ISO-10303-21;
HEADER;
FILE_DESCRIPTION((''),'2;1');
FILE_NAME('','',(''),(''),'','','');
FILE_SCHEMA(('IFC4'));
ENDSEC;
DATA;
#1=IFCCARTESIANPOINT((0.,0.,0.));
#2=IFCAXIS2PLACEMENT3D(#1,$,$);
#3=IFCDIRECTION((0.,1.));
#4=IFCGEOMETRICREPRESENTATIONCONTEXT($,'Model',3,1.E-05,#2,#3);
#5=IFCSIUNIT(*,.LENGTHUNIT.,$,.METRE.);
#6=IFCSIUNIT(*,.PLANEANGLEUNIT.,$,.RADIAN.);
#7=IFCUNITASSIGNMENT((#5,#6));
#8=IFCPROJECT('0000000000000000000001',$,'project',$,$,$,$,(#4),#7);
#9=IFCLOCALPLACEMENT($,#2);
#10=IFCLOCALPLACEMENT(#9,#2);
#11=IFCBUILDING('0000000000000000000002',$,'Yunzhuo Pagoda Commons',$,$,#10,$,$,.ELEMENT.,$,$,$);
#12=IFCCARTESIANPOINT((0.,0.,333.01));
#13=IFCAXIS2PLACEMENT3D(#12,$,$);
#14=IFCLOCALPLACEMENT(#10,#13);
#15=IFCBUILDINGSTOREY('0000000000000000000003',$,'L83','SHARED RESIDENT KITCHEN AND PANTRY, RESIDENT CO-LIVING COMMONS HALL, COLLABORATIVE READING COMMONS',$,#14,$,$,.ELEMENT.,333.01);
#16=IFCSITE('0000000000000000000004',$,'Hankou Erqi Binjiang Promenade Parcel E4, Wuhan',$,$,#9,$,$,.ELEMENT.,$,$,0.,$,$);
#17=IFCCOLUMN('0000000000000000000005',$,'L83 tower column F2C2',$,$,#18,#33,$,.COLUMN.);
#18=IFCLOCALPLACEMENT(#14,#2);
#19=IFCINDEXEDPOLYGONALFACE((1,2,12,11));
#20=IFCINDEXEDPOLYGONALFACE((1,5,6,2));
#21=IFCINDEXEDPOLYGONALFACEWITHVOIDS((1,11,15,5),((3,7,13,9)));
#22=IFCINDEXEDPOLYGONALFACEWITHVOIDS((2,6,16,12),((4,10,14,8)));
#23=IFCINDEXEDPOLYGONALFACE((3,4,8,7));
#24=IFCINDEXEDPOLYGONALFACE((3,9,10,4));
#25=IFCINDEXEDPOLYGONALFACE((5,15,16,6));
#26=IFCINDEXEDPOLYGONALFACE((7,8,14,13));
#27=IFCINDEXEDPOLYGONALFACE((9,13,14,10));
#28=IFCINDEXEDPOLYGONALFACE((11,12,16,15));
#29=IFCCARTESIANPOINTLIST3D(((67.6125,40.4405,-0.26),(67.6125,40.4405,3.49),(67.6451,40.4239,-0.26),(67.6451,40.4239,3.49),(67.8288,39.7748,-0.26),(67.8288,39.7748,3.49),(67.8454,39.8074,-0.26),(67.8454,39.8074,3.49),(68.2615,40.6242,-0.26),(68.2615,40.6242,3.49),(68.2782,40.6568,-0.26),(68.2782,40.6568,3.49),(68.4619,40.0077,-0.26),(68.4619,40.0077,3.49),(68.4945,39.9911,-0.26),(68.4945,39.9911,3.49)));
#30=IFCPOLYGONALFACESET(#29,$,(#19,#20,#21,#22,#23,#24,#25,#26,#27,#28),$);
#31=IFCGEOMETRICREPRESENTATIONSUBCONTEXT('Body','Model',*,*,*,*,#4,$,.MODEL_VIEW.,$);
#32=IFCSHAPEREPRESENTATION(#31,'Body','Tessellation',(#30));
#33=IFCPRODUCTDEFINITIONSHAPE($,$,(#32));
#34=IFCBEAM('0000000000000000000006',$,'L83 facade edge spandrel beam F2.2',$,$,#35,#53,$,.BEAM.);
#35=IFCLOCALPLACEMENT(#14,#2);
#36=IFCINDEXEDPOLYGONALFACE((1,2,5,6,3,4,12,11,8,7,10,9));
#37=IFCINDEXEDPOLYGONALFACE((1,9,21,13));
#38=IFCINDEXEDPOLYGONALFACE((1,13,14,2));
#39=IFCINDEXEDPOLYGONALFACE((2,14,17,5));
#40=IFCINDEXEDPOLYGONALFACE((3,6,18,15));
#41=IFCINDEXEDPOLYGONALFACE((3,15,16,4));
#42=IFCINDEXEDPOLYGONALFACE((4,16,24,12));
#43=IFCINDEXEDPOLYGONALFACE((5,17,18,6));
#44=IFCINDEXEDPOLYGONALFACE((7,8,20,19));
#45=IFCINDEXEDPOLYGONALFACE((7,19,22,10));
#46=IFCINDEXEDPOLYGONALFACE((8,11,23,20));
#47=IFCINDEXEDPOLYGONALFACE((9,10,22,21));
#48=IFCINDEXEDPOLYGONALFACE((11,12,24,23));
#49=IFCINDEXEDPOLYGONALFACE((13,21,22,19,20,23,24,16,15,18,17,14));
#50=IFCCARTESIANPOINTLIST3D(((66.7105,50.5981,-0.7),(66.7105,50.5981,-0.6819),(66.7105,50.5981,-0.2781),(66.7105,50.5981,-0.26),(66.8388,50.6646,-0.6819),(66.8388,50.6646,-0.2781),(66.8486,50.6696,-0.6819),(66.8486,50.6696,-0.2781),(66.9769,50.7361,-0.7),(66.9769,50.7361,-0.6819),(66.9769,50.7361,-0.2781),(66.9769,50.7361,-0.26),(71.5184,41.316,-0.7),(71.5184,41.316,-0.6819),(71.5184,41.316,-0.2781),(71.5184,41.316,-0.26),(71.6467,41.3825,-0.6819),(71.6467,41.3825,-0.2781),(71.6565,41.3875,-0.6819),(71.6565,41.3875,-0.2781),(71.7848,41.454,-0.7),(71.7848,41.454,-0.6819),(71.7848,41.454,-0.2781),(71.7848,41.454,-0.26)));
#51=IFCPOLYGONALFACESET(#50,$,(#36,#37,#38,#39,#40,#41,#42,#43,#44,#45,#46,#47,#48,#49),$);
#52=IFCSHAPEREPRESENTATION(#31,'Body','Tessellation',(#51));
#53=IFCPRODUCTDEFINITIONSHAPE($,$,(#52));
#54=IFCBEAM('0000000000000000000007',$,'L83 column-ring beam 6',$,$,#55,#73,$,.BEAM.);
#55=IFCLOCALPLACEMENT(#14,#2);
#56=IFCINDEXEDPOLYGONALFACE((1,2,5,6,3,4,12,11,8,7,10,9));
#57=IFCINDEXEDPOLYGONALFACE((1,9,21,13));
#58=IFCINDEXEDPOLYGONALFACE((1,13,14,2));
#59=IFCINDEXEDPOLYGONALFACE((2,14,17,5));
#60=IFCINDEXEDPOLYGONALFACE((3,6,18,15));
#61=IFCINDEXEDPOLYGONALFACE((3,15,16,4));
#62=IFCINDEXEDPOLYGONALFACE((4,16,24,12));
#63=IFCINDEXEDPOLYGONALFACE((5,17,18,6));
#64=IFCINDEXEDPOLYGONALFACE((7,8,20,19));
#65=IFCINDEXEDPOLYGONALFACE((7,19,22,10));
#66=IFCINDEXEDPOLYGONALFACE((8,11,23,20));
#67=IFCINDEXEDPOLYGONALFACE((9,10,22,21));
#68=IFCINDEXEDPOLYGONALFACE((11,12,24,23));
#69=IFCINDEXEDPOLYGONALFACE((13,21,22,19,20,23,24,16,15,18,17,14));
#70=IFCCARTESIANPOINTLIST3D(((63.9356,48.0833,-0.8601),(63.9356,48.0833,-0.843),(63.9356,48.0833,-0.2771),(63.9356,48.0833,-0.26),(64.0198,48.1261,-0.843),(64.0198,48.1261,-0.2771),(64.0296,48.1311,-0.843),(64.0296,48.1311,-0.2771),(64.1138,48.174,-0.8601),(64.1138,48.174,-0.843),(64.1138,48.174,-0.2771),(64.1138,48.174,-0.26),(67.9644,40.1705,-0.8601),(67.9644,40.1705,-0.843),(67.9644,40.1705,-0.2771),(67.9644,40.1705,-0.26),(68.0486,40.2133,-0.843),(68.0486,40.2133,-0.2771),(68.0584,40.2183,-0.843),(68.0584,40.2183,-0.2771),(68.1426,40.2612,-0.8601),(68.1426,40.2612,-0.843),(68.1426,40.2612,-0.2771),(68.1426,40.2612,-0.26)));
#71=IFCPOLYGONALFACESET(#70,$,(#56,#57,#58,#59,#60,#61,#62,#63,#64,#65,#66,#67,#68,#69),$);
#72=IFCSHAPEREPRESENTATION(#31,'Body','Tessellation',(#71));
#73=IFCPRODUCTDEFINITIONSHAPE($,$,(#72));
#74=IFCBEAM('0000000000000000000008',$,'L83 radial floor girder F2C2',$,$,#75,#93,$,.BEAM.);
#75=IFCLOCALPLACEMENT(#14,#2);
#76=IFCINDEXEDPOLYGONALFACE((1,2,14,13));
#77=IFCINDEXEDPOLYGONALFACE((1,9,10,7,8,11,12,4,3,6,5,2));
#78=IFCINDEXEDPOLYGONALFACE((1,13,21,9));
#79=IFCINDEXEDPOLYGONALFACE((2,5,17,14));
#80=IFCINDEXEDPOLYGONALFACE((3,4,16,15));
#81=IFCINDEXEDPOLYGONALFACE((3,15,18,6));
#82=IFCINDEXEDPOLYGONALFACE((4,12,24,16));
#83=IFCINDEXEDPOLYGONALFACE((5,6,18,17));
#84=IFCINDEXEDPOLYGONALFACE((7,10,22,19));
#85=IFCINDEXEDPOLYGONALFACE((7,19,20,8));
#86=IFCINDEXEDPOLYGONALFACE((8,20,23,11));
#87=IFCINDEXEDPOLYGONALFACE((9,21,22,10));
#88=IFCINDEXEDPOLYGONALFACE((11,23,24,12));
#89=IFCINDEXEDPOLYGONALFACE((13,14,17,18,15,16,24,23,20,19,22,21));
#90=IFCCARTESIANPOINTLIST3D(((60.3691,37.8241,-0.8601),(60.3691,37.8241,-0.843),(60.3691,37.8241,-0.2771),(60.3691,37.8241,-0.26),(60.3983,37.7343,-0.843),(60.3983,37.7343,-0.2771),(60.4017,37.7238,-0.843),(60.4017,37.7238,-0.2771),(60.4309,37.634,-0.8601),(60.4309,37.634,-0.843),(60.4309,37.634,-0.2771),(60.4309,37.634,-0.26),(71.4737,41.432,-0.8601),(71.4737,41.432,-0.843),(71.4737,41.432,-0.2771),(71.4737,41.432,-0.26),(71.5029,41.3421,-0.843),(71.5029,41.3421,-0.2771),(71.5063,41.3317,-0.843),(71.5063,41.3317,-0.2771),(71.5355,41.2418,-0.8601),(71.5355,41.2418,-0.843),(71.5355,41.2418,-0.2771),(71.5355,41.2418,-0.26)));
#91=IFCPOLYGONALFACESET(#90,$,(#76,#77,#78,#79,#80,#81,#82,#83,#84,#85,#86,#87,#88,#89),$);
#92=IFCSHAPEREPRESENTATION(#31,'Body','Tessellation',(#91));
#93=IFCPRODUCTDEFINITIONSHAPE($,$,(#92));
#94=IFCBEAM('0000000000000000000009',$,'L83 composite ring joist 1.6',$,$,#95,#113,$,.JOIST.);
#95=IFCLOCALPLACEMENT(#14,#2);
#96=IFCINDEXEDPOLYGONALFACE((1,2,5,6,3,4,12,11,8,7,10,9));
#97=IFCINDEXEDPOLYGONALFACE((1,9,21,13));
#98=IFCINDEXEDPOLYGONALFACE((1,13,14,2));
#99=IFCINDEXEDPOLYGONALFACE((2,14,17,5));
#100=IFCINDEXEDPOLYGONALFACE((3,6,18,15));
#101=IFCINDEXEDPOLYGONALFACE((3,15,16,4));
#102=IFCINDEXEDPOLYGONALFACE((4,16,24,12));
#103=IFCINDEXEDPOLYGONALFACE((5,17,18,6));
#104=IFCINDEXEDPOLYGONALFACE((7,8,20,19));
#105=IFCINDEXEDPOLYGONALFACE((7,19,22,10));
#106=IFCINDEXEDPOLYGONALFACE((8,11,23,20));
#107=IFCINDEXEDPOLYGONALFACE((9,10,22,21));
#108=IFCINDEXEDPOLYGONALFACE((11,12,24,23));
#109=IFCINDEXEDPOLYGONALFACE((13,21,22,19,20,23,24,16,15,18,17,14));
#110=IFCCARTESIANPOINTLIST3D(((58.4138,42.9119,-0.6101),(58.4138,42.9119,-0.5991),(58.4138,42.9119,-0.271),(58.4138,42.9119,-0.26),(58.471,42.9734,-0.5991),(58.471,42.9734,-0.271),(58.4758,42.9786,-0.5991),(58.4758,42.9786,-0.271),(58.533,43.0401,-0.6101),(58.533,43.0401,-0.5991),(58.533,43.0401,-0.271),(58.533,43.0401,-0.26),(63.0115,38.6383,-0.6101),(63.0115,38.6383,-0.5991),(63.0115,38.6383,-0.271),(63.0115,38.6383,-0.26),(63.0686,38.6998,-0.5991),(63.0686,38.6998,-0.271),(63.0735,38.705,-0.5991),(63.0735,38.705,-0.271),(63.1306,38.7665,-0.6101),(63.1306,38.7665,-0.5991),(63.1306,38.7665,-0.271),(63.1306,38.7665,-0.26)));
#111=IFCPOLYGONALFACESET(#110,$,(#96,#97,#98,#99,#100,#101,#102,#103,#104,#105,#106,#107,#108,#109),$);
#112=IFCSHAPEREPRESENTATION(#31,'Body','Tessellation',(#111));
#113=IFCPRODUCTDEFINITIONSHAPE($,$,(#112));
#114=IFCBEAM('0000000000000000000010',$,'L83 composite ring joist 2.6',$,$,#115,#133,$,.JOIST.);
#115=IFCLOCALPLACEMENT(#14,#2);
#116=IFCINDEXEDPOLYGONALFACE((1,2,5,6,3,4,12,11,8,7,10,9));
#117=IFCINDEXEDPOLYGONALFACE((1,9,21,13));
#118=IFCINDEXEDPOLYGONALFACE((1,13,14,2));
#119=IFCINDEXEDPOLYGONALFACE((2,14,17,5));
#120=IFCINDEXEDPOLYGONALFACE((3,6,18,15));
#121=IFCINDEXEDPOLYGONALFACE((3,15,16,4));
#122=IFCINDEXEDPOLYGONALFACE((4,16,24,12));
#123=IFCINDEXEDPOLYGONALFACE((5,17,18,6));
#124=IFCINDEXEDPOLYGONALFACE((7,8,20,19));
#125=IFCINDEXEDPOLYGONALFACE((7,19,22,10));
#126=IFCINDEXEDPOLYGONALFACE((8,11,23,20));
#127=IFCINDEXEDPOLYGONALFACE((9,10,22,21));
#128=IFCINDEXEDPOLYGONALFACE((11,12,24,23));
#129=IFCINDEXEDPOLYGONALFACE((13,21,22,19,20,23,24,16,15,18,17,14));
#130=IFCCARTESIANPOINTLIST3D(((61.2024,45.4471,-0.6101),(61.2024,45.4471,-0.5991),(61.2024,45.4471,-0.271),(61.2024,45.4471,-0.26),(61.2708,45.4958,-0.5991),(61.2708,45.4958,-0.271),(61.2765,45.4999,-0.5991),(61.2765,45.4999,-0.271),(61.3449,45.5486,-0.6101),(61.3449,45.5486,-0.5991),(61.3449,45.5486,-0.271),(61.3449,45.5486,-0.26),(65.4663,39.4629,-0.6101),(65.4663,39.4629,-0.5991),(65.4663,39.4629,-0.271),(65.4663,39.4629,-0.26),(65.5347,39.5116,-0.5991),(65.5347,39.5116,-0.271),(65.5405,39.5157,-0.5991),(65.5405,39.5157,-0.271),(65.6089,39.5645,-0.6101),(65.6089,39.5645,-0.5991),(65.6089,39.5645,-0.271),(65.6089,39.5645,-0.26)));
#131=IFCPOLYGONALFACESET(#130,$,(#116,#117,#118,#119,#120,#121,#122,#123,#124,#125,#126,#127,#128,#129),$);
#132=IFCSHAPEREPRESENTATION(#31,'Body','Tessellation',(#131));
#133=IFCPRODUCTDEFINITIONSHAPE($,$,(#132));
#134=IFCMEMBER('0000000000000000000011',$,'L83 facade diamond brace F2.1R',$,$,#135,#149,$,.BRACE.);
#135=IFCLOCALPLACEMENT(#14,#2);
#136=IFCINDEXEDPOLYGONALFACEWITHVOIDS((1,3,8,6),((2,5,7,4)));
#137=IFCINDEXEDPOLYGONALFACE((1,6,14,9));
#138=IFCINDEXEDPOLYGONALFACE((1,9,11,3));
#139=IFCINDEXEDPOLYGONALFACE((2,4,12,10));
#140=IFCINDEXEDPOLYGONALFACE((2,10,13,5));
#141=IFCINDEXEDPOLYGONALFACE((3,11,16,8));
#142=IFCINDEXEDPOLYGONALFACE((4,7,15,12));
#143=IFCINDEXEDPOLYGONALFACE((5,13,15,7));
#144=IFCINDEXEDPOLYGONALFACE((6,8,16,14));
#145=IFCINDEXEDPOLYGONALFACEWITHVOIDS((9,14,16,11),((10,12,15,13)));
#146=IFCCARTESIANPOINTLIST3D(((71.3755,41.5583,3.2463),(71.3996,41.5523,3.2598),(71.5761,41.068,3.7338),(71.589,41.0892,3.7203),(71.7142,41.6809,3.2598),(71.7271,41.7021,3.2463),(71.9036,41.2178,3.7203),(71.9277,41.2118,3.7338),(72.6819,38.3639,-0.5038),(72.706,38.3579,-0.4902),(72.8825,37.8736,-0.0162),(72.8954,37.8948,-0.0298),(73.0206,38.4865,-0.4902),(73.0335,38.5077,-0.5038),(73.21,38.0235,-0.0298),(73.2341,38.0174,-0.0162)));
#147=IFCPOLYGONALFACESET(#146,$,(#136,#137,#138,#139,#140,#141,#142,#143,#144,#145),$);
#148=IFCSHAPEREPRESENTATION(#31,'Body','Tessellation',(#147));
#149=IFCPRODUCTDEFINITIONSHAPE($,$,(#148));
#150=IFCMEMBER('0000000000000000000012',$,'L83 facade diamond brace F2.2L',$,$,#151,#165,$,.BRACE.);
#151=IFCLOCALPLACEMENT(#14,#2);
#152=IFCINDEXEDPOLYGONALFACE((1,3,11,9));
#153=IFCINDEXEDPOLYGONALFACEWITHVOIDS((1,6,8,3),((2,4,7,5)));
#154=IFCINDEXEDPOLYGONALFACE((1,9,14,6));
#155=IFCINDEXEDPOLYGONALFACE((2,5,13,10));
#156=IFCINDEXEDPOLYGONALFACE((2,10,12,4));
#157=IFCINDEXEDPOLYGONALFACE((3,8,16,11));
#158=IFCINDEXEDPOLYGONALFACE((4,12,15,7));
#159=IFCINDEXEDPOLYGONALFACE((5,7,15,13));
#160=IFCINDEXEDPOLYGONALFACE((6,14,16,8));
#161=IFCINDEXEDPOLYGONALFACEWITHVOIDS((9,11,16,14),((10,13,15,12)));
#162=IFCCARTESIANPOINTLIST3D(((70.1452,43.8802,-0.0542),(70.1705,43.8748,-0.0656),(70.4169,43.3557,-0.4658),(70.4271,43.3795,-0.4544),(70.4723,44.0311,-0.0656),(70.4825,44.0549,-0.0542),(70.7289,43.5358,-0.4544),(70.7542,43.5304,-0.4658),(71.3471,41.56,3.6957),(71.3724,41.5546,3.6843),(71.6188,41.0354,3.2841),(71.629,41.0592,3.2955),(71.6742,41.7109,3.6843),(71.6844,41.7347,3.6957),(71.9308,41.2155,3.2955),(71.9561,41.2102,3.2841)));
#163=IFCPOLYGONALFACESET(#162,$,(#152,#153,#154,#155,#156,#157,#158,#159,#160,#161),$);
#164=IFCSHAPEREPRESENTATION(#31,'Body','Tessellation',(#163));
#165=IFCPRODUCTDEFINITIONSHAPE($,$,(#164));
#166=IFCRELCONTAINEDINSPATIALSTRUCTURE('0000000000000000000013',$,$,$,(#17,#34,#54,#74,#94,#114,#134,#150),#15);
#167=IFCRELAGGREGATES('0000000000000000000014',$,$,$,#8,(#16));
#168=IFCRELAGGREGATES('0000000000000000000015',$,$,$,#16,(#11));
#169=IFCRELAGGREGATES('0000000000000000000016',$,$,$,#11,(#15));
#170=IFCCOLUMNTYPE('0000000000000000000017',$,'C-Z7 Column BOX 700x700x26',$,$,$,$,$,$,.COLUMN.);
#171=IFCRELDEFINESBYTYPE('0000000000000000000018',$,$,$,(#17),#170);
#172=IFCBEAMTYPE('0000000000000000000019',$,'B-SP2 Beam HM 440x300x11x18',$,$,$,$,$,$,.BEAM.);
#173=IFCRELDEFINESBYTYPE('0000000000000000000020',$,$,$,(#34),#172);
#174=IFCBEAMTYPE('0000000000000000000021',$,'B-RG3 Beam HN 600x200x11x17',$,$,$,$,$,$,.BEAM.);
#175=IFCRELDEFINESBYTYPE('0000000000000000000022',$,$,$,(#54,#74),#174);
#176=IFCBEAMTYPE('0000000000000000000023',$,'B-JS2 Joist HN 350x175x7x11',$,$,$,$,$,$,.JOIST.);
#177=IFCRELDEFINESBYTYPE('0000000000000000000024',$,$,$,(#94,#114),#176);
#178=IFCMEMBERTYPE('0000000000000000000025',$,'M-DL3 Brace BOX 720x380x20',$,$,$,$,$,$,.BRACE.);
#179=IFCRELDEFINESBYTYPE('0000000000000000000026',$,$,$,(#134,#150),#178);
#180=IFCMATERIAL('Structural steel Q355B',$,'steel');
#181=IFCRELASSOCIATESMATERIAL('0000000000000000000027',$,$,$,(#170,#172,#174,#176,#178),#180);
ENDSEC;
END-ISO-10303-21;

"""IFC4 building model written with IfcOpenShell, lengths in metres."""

from ifc_helpers import new_model, si_unit, direction, frame, origin, origin_2d, place, context, subcontext, project, spatial, hollow_rectangle, i_section, extrude, source, transform, mapped, material, material_profile, profile_set, type_object, element, save


model = new_model("IFC4")

# Units and contexts
model_context = context("Model", 3, precision=1e-05, world=origin(), true_north=direction((0.0, 1.0)))
body_context = subcontext(model_context, "Body", "Model", "MODEL_VIEW")
ifc_project = project(units=[si_unit("LENGTHUNIT", "METRE"), si_unit("PLANEANGLEUNIT", "RADIAN")], contexts=[model_context])

# Site, building, storey
site_placement = place(None, origin())
site = spatial("IfcSite", under=ifc_project, at=site_placement, Name="Hankou Erqi Binjiang Promenade Parcel E4, Wuhan", CompositionType="ELEMENT", RefElevation=0.0)
building_placement = place(site_placement, origin())
building = spatial("IfcBuilding", under=site, at=building_placement, Name="Yunzhuo Pagoda Commons", CompositionType="ELEMENT")
storey_placement = place(building_placement, frame((0.0, 0.0, 333.01)))
storey = spatial("IfcBuildingStorey", under=building, at=storey_placement, Name="L83", Description="SHARED RESIDENT KITCHEN AND PANTRY, RESIDENT CO-LIVING COMMONS HALL, COLLABORATIVE READING COMMONS", CompositionType="ELEMENT", Elevation=333.01)

# Column
ifc_material_1 = material(Name="Structural steel Q355B", Category="steel")
ifc_material_profile_1 = material_profile(ifc_material_1, hollow_rectangle(XDim=0.7, YDim=0.7, WallThickness=0.0259, at=origin_2d()), Name="Structural steel Q355B")
ifc_profile_set_1 = profile_set([ifc_material_profile_1], Name="Structural steel Q355B")
column_type = type_object("IfcColumnType", Name="C-Z7 Column BOX 700x700x26", PredefinedType="COLUMN", material=ifc_profile_set_1)
shared_shape_1 = source(origin(), body_context, "Body", "SweptSolid", [
    extrude(hollow_rectangle(XDim=0.7, YDim=0.7, WallThickness=0.0259, at=origin_2d()), origin(), (0.0, 0.0, 1.0), 3.75),
])
column_placement = place(storey_placement, frame((68.0535, 40.2158, -0.26), z_axis=(0.0, 0.0, 1.0), x_axis=(-0.309017, 0.951057, 0.0)))
element("IfcColumn", 1, at=column_placement, inside=storey, type_object=column_type, Name="L83 tower column F2C2", PredefinedType="COLUMN", context=body_context, shape_type="MappedRepresentation", body=[
    mapped(shared_shape_1, transform((0.0, 0.0, 0.0), scale=1.0)),
])

# Beams
ifc_material_profile_2 = material_profile(ifc_material_1, i_section(OverallWidth=0.3, OverallDepth=0.4399, WebThickness=0.011, FlangeThickness=0.0181, at=origin_2d()), Name="Structural steel Q355B")
ifc_profile_set_2 = profile_set([ifc_material_profile_2], Name="Structural steel Q355B")
beam_type_1 = type_object("IfcBeamType", Name="B-SP2 Beam HM 440x300x11x18", PredefinedType="BEAM", material=ifc_profile_set_2)
shared_shape_2 = source(origin(), body_context, "Body", "SweptSolid", [
    extrude(i_section(OverallWidth=0.3, OverallDepth=0.4399, WebThickness=0.011, FlangeThickness=0.0181, at=origin_2d()), origin(), (0.0, 0.0, 1.0), 10.4534),
])
beam_1_placement = place(storey_placement, frame((71.6516, 41.385, -0.48), z_axis=(-0.459939, 0.887951, 0.0), x_axis=(-0.887951, -0.459939, 0.0)))
element("IfcBeam", 2, at=beam_1_placement, inside=storey, type_object=beam_type_1, Name="L83 facade edge spandrel beam F2.2", PredefinedType="BEAM", context=body_context, shape_type="MappedRepresentation", body=[
    mapped(shared_shape_2, transform((0.0, 0.0, 0.0), scale=1.0)),
])
ifc_material_profile_3 = material_profile(ifc_material_1, i_section(OverallWidth=0.2, OverallDepth=0.6001, WebThickness=0.011, FlangeThickness=0.0171, at=origin_2d()), Name="Structural steel Q355B")
ifc_profile_set_3 = profile_set([ifc_material_profile_3], Name="Structural steel Q355B")
beam_type_2 = type_object("IfcBeamType", Name="B-RG3 Beam HN 600x200x11x17", PredefinedType="BEAM", material=ifc_profile_set_3)
shared_shape_3 = source(origin(), body_context, "Body", "SweptSolid", [
    extrude(i_section(OverallWidth=0.2, OverallDepth=0.6001, WebThickness=0.011, FlangeThickness=0.0171, at=origin_2d()), origin(), (0.0, 0.0, 1.0), 8.8794),
])
beam_2_placement = place(storey_placement, frame((68.0535, 40.2158, -0.5601), z_axis=(-0.453724, 0.891142, 0.0), x_axis=(-0.891142, -0.453724, 0.0)))
element("IfcBeam", 3, at=beam_2_placement, inside=storey, type_object=beam_type_2, Name="L83 column-ring beam 6", PredefinedType="BEAM", context=body_context, shape_type="MappedRepresentation", body=[
    mapped(shared_shape_3, transform((0.0, 0.0, 0.0), scale=1.0)),
])
shared_shape_4 = source(origin(), body_context, "Body", "SweptSolid", [
    extrude(i_section(OverallWidth=0.2, OverallDepth=0.6001, WebThickness=0.011, FlangeThickness=0.0171, at=origin_2d()), origin(), (0.0, 0.0, 1.0), 11.676),
])
beam_3_placement = place(storey_placement, frame((71.5046, 41.3369, -0.5601), z_axis=(-0.951062, -0.308999, 0.0), x_axis=(0.308999, -0.951062, 0.0)))
element("IfcBeam", 4, at=beam_3_placement, inside=storey, type_object=beam_type_2, Name="L83 radial floor girder F2C2", PredefinedType="BEAM", context=body_context, shape_type="MappedRepresentation", body=[
    mapped(shared_shape_4, transform((0.0, 0.0, 0.0), scale=1.0)),
])
ifc_material_profile_4 = material_profile(ifc_material_1, i_section(OverallWidth=0.175, OverallDepth=0.3501, WebThickness=0.0071, FlangeThickness=0.011, at=origin_2d()), Name="Structural steel Q355B")
ifc_profile_set_4 = profile_set([ifc_material_profile_4], Name="Structural steel Q355B")
beam_type_3 = type_object("IfcBeamType", Name="B-JS2 Joist HN 350x175x7x11", PredefinedType="JOIST", material=ifc_profile_set_4)
shared_shape_5 = source(origin(), body_context, "Body", "SweptSolid", [
    extrude(i_section(OverallWidth=0.175, OverallDepth=0.3501, WebThickness=0.0071, FlangeThickness=0.011, at=origin_2d()), origin(), (0.0, 0.0, 1.0), 6.2771),
])
beam_4_placement = place(storey_placement, frame((63.071, 38.7024, -0.4351), z_axis=(-0.732442, 0.68083, 0.0), x_axis=(-0.68083, -0.732442, 0.0)))
element("IfcBeam", 5, at=beam_4_placement, inside=storey, type_object=beam_type_3, Name="L83 composite ring joist 1.6", PredefinedType="JOIST", context=body_context, shape_type="MappedRepresentation", body=[
    mapped(shared_shape_5, transform((0.0, 0.0, 0.0), scale=1.0)),
])
shared_shape_6 = source(origin(), body_context, "Body", "SweptSolid", [
    extrude(i_section(OverallWidth=0.175, OverallDepth=0.3501, WebThickness=0.0071, FlangeThickness=0.011, at=origin_2d()), origin(), (0.0, 0.0, 1.0), 7.3479),
])
beam_5_placement = place(storey_placement, frame((65.5376, 39.5137, -0.4351), z_axis=(-0.580295, 0.814406, 0.0), x_axis=(-0.814406, -0.580295, 0.0)))
element("IfcBeam", 6, at=beam_5_placement, inside=storey, type_object=beam_type_3, Name="L83 composite ring joist 2.6", PredefinedType="JOIST", context=body_context, shape_type="MappedRepresentation", body=[
    mapped(shared_shape_6, transform((0.0, 0.0, 0.0), scale=1.0)),
])

# Members
ifc_material_profile_5 = material_profile(ifc_material_1, hollow_rectangle(XDim=0.3799, YDim=0.72, WallThickness=0.02, at=origin_2d()), Name="Structural steel Q355B")
ifc_profile_set_5 = profile_set([ifc_material_profile_5], Name="Structural steel Q355B")
member_type_1 = type_object("IfcMemberType", Name="M-DL3 Brace BOX 720x380x20", PredefinedType="BRACE", material=ifc_profile_set_5)
shared_shape_7 = source(origin(), body_context, "Body", "SweptSolid", [
    extrude(hollow_rectangle(XDim=0.3799, YDim=0.72, WallThickness=0.02, at=origin_2d()), origin(), (0.0, 0.0, 1.0), 5.0964),
])
member_1_placement = place(storey_placement, frame((72.958, 38.1907, -0.26), z_axis=(-0.256339, 0.626787, 0.735818), x_axis=(-0.925585, -0.378539, 0.0)))
element("IfcMember", 7, at=member_1_placement, inside=storey, type_object=member_type_1, Name="L83 facade diamond brace F2.1R", PredefinedType="BRACE", context=body_context, shape_type="MappedRepresentation", body=[
    mapped(shared_shape_7, transform((0.0, 0.0, 0.0), scale=1.0)),
])
shared_shape_8 = source(origin(), body_context, "Body", "SweptSolid", [
    extrude(hollow_rectangle(XDim=0.3799, YDim=0.72, WallThickness=0.02, at=origin_2d()), origin(), (0.0, 0.0, 1.0), 4.5706),
])
member_2_placement = place(storey_placement, frame((70.4497, 43.7053, -0.26), z_axis=(0.262961, -0.507654, 0.820451), x_axis=(0.887945, 0.459949, 0.0)))
element("IfcMember", 8, at=member_2_placement, inside=storey, type_object=member_type_1, Name="L83 facade diamond brace F2.2L", PredefinedType="BRACE", context=body_context, shape_type="MappedRepresentation", body=[
    mapped(shared_shape_8, transform((0.0, 0.0, 0.0), scale=1.0)),
])

save(model, "model.ifc")
